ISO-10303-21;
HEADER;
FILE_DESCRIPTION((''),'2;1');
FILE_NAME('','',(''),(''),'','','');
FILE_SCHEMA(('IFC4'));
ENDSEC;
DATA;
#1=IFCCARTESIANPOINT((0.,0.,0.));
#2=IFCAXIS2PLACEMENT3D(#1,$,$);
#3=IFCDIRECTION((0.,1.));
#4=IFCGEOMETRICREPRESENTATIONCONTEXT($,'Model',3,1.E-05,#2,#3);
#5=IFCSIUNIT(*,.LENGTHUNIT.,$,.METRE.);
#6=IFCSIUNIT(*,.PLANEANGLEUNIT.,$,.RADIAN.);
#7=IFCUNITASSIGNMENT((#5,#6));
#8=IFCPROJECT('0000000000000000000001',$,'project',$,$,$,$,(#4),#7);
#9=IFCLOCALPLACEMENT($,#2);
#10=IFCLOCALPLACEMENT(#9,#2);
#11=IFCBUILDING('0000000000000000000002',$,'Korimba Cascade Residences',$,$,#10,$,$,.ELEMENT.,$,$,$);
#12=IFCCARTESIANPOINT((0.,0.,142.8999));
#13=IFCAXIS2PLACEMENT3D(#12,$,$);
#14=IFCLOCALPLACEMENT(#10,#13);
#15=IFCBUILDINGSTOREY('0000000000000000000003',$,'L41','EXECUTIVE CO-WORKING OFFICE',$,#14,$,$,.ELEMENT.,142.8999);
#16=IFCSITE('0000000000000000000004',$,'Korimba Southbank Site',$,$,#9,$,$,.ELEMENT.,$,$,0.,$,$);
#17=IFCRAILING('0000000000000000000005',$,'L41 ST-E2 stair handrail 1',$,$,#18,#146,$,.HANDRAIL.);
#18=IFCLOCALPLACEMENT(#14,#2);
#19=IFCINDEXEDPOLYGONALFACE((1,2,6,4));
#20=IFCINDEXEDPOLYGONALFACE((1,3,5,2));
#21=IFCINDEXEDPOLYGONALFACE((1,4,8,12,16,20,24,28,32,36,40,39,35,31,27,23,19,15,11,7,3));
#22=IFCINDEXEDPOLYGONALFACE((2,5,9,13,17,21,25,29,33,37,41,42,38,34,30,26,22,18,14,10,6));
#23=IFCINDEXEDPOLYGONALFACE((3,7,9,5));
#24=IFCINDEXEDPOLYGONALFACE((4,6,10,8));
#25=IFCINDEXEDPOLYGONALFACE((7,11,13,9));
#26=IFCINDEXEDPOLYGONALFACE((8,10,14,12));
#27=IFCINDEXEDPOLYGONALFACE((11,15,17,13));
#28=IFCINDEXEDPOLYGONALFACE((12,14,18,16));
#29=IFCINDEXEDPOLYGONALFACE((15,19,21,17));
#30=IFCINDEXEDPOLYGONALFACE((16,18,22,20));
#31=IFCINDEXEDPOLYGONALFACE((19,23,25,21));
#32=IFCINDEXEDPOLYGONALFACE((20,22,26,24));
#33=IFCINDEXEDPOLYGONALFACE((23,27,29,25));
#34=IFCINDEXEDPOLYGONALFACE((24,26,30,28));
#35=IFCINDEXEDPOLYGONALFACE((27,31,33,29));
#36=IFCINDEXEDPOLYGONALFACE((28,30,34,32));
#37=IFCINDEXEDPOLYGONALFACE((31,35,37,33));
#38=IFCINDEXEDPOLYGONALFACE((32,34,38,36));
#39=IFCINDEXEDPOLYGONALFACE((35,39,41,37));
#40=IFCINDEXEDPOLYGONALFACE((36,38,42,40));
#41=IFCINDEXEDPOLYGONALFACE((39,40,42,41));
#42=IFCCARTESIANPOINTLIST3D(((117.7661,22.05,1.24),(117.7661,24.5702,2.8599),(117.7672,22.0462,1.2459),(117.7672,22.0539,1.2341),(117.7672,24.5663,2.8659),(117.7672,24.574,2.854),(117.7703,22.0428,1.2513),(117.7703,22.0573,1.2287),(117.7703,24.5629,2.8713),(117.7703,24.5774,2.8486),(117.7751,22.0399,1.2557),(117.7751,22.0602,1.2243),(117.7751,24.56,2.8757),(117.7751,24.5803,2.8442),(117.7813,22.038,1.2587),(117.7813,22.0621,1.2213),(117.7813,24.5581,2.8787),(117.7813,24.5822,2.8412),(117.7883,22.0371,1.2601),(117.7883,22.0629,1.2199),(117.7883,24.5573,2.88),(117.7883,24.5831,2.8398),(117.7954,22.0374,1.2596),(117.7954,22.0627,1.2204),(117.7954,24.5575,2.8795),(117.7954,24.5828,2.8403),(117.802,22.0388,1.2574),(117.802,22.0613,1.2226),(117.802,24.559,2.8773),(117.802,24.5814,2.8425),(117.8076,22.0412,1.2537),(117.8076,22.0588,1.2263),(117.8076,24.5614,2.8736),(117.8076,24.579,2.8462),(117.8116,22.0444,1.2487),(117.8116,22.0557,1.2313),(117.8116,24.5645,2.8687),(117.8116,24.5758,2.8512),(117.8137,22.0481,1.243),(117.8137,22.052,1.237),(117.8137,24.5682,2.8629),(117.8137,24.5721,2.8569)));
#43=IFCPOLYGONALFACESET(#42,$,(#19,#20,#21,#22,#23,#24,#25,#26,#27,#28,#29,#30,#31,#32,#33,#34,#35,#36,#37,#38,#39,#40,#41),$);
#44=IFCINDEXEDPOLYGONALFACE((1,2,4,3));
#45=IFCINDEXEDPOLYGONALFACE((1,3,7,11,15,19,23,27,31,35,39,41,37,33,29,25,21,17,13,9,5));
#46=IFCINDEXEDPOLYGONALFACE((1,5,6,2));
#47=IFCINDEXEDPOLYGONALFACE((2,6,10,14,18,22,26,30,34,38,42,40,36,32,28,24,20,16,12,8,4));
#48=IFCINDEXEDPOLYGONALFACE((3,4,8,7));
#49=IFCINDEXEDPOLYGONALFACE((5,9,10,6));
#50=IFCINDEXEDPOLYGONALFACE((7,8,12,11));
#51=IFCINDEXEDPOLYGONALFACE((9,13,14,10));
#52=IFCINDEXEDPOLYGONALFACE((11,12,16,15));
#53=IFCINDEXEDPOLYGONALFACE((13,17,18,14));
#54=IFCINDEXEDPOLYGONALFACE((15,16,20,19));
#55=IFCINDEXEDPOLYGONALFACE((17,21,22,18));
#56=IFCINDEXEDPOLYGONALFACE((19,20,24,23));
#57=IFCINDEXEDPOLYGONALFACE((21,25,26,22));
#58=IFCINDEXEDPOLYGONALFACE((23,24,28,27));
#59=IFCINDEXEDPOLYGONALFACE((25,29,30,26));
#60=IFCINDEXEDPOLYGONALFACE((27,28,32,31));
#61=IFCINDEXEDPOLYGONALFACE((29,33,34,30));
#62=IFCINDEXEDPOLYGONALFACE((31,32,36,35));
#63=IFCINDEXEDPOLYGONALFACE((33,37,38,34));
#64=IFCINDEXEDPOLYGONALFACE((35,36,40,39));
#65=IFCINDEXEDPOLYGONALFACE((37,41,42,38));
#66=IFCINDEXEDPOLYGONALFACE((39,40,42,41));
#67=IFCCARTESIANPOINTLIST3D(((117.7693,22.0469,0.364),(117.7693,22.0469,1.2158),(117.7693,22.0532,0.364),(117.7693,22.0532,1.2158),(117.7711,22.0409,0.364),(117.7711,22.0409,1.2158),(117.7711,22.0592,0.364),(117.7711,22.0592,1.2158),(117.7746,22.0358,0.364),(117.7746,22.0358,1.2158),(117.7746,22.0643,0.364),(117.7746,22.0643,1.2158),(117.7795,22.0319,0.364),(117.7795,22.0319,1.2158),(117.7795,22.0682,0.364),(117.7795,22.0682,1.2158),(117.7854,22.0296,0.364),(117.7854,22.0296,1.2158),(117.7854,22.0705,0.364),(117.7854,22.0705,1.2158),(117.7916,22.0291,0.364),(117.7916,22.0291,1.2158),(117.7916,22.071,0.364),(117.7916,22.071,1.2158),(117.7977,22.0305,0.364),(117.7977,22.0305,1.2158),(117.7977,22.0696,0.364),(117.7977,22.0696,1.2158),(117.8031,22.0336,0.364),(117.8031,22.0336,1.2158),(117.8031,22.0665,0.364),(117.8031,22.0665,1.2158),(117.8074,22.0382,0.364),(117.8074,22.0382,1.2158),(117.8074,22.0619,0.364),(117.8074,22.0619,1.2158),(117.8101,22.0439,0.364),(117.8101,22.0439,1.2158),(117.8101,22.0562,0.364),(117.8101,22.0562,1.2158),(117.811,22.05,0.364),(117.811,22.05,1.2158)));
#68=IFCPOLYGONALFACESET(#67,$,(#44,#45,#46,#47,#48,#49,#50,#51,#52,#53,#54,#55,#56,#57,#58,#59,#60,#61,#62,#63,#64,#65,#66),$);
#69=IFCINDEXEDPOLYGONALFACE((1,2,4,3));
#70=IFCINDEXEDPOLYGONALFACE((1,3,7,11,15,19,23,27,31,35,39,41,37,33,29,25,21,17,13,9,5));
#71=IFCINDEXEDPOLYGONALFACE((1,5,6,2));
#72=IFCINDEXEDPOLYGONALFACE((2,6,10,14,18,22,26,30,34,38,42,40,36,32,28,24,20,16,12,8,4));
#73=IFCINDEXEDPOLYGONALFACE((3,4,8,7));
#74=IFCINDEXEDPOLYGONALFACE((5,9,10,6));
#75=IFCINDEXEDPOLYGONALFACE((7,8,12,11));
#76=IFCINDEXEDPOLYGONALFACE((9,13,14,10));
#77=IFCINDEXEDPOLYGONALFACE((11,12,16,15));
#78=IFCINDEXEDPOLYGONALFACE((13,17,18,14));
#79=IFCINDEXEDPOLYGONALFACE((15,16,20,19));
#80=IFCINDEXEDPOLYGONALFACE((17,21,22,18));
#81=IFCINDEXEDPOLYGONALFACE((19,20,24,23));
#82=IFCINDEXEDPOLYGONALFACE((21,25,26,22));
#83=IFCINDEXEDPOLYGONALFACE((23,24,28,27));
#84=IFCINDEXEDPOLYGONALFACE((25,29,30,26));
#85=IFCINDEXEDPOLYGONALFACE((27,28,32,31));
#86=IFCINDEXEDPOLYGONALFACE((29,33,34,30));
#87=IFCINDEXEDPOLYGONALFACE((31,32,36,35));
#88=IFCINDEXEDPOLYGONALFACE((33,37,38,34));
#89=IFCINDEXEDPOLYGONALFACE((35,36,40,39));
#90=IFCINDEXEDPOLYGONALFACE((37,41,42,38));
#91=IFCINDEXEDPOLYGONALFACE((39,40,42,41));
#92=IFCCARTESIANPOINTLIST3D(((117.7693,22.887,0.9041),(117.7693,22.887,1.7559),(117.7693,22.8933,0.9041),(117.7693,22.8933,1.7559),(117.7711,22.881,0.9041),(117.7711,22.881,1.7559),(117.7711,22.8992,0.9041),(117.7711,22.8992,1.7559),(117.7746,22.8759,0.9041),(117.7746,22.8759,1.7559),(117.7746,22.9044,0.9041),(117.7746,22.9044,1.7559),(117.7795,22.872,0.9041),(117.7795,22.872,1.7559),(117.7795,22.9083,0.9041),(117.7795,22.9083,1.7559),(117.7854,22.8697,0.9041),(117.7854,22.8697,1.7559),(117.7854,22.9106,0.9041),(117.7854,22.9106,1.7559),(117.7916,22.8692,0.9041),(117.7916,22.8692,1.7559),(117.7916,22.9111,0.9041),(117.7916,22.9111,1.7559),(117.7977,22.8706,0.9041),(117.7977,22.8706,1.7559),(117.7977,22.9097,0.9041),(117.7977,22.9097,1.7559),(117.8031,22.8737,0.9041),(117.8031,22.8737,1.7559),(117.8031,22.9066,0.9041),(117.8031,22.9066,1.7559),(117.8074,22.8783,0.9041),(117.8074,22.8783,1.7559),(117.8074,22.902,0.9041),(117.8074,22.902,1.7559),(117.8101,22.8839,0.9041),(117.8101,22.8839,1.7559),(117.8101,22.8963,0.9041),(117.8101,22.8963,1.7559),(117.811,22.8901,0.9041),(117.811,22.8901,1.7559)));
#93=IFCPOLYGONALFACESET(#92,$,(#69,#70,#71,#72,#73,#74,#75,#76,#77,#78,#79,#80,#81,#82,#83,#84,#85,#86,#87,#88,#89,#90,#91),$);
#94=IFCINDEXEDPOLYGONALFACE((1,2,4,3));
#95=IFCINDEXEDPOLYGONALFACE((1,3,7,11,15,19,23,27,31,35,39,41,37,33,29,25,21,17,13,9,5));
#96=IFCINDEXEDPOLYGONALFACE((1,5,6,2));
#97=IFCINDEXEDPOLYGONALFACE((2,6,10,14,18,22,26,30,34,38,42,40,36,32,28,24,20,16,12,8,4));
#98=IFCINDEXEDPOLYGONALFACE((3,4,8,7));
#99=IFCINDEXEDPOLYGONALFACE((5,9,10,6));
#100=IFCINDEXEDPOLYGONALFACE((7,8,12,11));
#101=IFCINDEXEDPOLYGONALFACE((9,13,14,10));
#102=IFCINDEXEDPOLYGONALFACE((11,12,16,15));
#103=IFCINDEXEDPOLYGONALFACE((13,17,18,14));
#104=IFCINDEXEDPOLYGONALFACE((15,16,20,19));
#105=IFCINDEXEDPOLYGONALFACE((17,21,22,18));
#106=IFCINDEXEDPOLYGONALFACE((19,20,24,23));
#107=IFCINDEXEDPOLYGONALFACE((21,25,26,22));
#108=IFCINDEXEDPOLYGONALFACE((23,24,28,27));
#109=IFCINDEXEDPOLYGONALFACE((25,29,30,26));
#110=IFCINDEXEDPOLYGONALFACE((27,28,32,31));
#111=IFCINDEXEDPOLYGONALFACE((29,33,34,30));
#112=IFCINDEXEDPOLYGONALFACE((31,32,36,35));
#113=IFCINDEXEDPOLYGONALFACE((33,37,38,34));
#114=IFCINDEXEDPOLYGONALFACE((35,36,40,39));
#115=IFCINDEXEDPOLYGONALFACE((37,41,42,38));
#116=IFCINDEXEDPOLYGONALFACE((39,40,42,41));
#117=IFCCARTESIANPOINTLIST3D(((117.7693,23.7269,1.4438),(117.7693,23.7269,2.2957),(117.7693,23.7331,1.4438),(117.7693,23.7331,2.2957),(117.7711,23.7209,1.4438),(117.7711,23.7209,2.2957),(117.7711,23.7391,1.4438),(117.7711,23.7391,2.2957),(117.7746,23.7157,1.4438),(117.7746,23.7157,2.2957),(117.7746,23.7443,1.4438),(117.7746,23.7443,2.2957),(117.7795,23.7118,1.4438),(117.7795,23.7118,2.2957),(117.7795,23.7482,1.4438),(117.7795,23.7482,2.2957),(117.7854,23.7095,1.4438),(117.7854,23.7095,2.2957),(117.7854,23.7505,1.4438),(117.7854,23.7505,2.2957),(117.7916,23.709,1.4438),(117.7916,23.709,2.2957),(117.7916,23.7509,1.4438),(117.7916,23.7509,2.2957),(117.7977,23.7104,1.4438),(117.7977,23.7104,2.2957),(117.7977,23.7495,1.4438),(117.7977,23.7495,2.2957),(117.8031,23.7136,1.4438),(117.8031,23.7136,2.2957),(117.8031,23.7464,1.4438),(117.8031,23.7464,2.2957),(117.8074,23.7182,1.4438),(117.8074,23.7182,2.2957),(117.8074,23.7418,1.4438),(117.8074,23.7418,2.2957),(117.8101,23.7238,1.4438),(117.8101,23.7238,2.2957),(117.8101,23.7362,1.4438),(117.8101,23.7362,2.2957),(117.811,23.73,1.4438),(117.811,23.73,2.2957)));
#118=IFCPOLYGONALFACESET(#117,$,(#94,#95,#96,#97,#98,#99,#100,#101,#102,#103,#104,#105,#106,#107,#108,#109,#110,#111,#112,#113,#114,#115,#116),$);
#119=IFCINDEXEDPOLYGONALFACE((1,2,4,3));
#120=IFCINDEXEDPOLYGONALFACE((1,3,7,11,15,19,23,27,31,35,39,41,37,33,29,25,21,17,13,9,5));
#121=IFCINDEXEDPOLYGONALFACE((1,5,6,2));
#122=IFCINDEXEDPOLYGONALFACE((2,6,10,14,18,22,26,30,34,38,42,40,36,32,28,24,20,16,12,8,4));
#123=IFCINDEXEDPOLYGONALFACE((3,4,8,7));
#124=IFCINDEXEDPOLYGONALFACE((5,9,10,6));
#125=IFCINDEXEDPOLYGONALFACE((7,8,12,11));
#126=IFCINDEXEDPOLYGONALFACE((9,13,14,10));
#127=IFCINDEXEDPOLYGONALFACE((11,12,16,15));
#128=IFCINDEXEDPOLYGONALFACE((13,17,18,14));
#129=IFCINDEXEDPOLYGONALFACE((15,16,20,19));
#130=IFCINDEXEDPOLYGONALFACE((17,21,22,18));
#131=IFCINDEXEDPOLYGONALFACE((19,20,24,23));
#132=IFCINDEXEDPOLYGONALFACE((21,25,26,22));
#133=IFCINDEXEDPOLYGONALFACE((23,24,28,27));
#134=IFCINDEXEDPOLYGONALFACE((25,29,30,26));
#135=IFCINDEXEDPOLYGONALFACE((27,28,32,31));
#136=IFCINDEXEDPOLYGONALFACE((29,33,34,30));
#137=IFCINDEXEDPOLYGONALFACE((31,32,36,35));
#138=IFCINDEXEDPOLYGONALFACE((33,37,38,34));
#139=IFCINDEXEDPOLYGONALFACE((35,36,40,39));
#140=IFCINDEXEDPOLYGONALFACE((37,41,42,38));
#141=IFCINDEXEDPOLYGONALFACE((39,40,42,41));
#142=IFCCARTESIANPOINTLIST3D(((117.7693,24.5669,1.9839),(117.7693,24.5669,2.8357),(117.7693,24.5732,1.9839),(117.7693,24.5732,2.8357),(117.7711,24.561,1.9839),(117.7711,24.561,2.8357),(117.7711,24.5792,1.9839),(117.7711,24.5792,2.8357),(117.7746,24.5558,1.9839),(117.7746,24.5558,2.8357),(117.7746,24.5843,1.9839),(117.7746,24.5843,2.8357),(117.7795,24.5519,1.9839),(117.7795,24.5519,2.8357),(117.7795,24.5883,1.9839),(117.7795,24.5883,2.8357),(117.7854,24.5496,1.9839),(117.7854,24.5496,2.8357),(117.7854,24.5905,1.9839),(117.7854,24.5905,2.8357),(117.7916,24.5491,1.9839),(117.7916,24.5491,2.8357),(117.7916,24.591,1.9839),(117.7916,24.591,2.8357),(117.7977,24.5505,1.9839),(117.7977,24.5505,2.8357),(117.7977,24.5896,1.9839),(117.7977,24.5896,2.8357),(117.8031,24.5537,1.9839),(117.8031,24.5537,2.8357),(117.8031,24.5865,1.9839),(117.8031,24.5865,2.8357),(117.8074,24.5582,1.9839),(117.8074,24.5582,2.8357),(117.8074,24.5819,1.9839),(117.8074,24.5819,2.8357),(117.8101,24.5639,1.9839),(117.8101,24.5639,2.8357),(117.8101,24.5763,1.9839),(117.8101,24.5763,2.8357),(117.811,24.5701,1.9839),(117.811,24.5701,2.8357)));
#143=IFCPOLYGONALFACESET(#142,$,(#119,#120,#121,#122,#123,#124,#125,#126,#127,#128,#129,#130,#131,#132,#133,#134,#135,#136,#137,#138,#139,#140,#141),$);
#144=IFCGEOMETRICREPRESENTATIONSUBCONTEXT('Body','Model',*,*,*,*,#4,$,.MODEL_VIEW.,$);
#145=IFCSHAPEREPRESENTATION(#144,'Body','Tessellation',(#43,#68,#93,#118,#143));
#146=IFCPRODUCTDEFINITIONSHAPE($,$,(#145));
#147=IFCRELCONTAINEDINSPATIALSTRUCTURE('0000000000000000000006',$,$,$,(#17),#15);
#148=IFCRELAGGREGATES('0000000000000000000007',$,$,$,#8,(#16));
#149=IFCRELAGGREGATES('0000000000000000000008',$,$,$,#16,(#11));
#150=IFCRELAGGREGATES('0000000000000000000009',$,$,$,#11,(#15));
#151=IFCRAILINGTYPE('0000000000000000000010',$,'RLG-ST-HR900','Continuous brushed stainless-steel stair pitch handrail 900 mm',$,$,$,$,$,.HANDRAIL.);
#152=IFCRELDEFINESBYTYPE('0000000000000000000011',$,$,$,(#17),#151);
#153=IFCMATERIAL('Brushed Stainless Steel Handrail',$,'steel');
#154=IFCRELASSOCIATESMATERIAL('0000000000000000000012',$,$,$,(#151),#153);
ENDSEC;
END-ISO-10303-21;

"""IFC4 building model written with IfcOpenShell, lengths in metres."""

from ifc_helpers import new_model, si_unit, direction, frame, origin, origin_2d, place, context, subcontext, project, spatial, circle, extrude, material, type_object, element, save


model = new_model("IFC4")

# Units and contexts
model_context = context("Model", 3, precision=1e-05, world=origin(), true_north=direction((0.0, 1.0)))
body_context = subcontext(model_context, "Body", "Model", "MODEL_VIEW")
ifc_project = project(units=[si_unit("LENGTHUNIT", "METRE"), si_unit("PLANEANGLEUNIT", "RADIAN")], contexts=[model_context])

# Site, building, storey
site_placement = place(None, origin())
site = spatial("IfcSite", under=ifc_project, at=site_placement, Name="Korimba Southbank Site", CompositionType="ELEMENT", RefElevation=0.0)
building_placement = place(site_placement, origin())
building = spatial("IfcBuilding", under=site, at=building_placement, Name="Korimba Cascade Residences", CompositionType="ELEMENT")
storey_placement = place(building_placement, frame((0.0, 0.0, 142.8999)))
storey = spatial("IfcBuildingStorey", under=building, at=storey_placement, Name="L41", Description="EXECUTIVE CO-WORKING OFFICE", CompositionType="ELEMENT", Elevation=142.8999)

# Railing
ifc_material_1 = material(Name="Brushed Stainless Steel Handrail", Category="steel")
railing_type_1 = type_object("IfcRailingType", Name="RLG-ST-HR900", Description="Continuous brushed stainless-steel stair pitch handrail 900 mm", PredefinedType="HANDRAIL", material=ifc_material_1)
railing_1_placement = place(storey_placement, frame((117.79, 22.05, 0.364)))
element("IfcRailing", 1, at=railing_1_placement, inside=storey, type_object=railing_type_1, Name="L41 ST-E2 stair handrail 1", PredefinedType="HANDRAIL", context=body_context, shape_type="SweptSolid", body=[
    extrude(circle(Radius=0.0239, at=origin_2d()), frame((0.0, 0.0, 0.876), z_axis=(0.0, 0.8412, 0.540725), x_axis=(-1.0, 0.0, 0.0)), (0.0, 0.0, 1.0), 2.9958),
    extrude(circle(Radius=0.021, at=origin_2d()), origin(), (0.0, 0.0, 1.0), 0.8518),
    extrude(circle(Radius=0.021, at=origin_2d()), frame((0.0, 0.8401, 0.54)), (0.0, 0.0, 1.0), 0.8518),
    extrude(circle(Radius=0.021, at=origin_2d()), frame((0.0, 1.6799, 1.0798)), (0.0, 0.0, 1.0), 0.8518),
    extrude(circle(Radius=0.021, at=origin_2d()), frame((0.0, 2.52, 1.6199)), (0.0, 0.0, 1.0), 0.8518),
])

save(model, "model.ifc")
